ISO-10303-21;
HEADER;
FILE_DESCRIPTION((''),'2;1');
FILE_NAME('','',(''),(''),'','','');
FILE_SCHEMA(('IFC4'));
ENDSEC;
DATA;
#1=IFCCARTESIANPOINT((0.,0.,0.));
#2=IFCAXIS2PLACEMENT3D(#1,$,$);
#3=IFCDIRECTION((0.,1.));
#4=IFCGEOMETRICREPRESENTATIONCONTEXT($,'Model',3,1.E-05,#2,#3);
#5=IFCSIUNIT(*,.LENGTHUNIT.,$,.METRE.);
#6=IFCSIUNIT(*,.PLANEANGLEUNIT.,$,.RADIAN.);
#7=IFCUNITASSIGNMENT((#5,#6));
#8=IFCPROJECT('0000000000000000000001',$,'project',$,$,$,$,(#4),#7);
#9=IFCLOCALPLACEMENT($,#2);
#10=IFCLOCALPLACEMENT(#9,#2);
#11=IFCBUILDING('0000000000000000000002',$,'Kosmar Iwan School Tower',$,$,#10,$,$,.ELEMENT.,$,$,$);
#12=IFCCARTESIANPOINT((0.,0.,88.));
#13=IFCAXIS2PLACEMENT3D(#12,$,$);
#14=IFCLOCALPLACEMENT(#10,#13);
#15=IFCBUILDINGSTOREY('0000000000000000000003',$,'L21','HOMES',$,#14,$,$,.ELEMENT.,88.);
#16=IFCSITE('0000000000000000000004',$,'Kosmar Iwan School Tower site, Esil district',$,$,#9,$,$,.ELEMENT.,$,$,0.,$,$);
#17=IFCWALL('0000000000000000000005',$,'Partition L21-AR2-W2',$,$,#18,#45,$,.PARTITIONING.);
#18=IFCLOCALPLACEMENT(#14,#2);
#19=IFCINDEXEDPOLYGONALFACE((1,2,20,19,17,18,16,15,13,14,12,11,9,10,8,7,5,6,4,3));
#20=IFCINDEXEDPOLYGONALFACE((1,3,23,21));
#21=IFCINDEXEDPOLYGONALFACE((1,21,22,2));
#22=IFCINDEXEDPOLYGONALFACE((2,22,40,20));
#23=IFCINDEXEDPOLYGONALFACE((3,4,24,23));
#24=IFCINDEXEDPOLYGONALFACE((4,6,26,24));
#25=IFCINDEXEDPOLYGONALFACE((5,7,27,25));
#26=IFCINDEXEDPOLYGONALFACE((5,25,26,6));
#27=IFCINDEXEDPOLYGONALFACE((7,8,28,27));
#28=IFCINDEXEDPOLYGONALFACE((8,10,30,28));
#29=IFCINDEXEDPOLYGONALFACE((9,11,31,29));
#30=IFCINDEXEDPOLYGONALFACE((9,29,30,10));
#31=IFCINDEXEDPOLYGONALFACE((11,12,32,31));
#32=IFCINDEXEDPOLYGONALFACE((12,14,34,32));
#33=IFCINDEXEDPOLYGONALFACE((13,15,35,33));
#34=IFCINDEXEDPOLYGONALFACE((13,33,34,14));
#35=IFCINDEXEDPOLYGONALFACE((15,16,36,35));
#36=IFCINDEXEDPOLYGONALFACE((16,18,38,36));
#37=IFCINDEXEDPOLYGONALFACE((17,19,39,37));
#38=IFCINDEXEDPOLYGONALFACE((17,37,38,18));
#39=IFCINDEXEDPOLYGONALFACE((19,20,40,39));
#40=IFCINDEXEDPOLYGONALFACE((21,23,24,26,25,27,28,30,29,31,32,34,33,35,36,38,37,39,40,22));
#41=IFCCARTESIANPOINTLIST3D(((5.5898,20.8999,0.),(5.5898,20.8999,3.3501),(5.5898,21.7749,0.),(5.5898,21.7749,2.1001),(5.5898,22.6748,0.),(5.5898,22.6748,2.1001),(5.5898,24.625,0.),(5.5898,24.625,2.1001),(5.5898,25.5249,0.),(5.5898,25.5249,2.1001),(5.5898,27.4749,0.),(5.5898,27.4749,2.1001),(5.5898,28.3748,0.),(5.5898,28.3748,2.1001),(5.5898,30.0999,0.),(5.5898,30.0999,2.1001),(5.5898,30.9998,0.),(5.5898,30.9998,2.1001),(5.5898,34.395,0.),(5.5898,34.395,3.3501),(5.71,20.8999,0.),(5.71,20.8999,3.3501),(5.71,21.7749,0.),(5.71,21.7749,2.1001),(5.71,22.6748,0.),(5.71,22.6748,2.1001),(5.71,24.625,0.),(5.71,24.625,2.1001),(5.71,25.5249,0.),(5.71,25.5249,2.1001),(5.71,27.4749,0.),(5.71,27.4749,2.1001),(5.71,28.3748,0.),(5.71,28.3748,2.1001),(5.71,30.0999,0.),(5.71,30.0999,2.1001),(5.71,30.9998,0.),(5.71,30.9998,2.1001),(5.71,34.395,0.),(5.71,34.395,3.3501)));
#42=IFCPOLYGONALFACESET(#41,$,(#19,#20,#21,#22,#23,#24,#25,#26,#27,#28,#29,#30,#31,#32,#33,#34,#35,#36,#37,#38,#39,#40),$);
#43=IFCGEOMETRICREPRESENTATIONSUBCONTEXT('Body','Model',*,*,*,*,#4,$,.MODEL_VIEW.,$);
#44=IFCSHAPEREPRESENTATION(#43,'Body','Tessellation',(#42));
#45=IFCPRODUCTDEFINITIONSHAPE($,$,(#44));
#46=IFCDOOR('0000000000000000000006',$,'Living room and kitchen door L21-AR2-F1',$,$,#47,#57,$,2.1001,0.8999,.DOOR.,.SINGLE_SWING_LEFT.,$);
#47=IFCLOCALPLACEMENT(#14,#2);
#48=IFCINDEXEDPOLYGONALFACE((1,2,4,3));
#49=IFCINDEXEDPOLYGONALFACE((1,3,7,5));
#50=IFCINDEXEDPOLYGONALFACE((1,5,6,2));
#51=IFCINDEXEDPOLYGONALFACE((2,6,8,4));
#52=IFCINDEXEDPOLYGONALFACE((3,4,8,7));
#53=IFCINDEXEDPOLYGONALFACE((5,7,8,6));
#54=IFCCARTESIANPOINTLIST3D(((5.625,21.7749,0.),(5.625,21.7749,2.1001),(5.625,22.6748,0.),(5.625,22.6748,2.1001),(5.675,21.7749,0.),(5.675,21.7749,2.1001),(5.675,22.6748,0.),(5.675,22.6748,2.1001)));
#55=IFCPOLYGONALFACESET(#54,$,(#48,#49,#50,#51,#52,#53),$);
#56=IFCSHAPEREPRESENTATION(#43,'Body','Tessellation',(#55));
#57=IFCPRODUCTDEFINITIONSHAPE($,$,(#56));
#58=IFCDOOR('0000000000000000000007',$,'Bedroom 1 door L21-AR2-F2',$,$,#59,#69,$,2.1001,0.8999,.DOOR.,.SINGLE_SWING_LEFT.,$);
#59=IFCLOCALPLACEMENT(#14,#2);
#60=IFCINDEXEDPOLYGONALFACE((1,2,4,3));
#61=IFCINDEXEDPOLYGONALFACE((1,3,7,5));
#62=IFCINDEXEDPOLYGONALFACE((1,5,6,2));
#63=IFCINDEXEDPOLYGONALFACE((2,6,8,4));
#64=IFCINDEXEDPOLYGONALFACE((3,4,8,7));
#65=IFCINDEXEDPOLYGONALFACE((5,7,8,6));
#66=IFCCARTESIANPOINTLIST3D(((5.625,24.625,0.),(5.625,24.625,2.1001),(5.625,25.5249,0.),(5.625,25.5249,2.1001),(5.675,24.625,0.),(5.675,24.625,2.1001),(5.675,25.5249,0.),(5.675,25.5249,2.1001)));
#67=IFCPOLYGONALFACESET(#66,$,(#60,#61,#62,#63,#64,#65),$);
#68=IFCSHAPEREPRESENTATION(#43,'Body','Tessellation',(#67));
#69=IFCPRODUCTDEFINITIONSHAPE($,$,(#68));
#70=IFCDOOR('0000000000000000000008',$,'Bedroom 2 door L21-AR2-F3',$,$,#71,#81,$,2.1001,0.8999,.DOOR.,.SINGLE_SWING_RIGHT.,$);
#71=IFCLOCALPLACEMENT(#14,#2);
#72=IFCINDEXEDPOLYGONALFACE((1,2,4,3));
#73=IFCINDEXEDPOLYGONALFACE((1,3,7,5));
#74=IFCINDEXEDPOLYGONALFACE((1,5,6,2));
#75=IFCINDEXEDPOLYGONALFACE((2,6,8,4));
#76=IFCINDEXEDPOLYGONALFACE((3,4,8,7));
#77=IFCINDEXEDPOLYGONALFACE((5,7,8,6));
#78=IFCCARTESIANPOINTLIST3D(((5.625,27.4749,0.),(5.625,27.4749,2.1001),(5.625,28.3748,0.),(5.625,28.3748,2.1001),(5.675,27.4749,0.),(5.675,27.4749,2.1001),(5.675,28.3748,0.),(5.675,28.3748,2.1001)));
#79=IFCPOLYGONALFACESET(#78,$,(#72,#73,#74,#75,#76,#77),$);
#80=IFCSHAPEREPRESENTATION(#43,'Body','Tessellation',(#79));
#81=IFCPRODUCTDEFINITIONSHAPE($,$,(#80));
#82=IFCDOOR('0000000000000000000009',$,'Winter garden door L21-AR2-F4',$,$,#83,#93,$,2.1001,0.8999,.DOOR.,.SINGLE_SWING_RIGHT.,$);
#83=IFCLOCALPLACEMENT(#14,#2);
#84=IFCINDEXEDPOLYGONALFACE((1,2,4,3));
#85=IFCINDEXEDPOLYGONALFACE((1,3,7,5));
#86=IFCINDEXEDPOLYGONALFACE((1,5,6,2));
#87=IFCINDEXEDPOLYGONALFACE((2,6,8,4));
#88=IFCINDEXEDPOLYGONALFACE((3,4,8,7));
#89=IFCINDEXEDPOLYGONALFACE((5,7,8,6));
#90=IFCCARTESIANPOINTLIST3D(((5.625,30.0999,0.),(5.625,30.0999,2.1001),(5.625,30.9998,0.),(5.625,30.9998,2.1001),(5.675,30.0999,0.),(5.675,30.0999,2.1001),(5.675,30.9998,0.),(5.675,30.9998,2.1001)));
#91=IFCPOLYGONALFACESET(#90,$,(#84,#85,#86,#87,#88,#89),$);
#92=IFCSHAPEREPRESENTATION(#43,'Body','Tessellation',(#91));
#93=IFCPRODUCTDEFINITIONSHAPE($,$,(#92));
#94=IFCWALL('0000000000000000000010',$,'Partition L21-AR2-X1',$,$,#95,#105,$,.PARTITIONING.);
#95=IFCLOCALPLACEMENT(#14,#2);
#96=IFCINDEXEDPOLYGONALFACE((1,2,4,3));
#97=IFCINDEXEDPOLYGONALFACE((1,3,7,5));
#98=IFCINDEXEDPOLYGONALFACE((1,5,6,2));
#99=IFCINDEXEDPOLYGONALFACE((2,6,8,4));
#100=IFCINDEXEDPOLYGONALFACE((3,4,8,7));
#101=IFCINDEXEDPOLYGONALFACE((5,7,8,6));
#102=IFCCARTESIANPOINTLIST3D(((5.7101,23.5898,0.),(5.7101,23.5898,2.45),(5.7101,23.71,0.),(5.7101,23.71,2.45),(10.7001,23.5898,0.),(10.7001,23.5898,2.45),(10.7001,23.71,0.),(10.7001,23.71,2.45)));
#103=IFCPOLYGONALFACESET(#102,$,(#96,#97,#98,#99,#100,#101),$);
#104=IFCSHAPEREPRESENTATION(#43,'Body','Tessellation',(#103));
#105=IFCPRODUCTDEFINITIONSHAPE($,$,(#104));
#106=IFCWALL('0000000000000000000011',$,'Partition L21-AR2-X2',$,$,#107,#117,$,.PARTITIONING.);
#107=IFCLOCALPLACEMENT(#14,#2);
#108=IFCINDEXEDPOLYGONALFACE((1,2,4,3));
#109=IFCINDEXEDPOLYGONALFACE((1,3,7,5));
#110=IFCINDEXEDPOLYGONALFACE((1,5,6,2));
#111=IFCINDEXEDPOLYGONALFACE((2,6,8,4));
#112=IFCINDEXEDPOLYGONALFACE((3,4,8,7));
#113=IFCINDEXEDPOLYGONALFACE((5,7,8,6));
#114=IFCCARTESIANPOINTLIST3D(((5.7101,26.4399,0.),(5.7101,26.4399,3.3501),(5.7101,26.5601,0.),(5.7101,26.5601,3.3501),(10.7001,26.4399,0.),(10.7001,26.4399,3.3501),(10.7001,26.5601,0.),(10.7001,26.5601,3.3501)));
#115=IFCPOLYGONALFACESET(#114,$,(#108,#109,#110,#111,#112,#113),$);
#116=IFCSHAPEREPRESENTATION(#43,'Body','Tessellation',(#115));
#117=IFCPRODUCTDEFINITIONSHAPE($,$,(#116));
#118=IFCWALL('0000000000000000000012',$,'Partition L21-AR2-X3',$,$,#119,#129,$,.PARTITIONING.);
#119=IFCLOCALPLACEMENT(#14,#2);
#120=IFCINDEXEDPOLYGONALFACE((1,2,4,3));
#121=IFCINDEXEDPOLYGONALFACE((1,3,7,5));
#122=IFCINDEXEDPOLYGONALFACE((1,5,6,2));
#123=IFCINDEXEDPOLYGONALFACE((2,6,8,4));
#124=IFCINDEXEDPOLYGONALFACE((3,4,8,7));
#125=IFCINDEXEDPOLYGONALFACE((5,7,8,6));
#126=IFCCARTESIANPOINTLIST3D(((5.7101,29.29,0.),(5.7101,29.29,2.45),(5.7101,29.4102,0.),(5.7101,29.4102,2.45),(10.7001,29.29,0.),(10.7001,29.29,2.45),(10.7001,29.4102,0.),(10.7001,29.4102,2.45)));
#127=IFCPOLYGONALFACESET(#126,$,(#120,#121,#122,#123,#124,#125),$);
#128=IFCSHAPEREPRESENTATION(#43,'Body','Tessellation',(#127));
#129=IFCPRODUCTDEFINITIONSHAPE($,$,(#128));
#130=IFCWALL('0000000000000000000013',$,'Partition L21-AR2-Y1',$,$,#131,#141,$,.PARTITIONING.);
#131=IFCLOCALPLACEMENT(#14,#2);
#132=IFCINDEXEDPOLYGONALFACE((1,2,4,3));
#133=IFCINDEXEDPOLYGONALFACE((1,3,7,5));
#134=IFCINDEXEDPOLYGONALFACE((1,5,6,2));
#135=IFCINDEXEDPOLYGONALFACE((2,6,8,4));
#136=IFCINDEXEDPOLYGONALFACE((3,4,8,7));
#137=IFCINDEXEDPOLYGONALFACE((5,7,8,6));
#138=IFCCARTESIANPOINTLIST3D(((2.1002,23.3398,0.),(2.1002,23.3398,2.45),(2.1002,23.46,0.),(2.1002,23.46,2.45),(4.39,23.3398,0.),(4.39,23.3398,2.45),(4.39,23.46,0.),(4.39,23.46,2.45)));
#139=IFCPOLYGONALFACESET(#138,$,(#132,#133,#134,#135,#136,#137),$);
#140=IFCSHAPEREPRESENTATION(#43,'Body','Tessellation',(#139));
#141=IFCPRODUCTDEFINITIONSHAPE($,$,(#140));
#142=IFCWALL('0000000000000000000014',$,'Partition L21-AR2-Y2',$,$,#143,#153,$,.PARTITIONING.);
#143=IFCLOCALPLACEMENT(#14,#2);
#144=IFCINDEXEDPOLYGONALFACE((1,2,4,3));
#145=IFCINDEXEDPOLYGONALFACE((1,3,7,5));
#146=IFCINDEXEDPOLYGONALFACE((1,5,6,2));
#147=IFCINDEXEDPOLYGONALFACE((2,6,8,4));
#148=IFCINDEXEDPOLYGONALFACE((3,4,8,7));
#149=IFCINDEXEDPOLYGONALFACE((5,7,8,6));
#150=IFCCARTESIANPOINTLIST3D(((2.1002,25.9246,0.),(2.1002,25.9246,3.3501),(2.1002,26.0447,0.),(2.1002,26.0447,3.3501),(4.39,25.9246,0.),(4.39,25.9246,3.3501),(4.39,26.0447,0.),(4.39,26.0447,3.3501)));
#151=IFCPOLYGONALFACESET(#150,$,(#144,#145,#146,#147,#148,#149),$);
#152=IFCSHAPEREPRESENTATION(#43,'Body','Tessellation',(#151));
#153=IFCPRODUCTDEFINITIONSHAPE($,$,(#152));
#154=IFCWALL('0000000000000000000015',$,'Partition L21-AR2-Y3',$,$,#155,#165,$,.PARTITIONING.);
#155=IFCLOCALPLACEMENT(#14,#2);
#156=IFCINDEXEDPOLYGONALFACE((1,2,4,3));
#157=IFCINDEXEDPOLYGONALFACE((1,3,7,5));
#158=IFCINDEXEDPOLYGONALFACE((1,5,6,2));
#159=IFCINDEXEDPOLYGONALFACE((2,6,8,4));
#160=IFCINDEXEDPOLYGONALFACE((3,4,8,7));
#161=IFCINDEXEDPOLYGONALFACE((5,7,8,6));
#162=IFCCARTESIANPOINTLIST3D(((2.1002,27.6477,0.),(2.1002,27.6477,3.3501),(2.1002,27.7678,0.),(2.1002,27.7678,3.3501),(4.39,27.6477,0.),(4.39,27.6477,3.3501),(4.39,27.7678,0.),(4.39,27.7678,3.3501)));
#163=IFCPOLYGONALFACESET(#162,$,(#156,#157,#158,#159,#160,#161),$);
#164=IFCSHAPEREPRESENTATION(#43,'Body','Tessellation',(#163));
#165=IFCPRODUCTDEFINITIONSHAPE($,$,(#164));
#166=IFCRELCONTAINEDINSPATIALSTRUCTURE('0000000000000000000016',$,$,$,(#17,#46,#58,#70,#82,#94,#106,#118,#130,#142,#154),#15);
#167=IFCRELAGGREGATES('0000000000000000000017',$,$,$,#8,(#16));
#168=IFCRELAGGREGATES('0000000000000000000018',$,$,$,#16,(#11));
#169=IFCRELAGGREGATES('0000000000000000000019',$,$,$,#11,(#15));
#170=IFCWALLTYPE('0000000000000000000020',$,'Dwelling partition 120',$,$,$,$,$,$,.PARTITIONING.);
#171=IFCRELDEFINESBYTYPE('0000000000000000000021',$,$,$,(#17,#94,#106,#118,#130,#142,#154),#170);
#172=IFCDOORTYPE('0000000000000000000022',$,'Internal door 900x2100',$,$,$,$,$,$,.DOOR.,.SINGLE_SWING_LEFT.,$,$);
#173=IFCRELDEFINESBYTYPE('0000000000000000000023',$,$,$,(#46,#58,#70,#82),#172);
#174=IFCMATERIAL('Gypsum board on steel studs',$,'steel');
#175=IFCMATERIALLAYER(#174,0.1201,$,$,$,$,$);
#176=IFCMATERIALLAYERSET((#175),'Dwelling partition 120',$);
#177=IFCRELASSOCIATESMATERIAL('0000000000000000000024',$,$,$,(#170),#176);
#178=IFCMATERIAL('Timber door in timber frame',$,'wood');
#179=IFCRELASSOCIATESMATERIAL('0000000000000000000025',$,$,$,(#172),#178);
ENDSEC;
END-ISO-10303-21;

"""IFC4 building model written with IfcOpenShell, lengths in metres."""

from ifc_helpers import new_model, si_unit, direction, frame, frame_2d, origin, place, context, subcontext, project, spatial, rectangle, extrude, material, layer, layer_set, type_object, element, fill, save


model = new_model("IFC4")

# Units and contexts
model_context = context("Model", 3, precision=1e-05, world=origin(), true_north=direction((0.0, 1.0)))
body_context = subcontext(model_context, "Body", "Model", "MODEL_VIEW")
ifc_project = project(units=[si_unit("LENGTHUNIT", "METRE"), si_unit("PLANEANGLEUNIT", "RADIAN")], contexts=[model_context])

# Site, building, storey
site_placement = place(None, origin())
site = spatial("IfcSite", under=ifc_project, at=site_placement, Name="Kosmar Iwan School Tower site, Esil district", CompositionType="ELEMENT", RefElevation=0.0)
building_placement = place(site_placement, origin())
building = spatial("IfcBuilding", under=site, at=building_placement, Name="Kosmar Iwan School Tower", CompositionType="ELEMENT")
storey_placement = place(building_placement, frame((0.0, 0.0, 88.0)))
storey = spatial("IfcBuildingStorey", under=building, at=storey_placement, Name="L21", Description="HOMES", CompositionType="ELEMENT", Elevation=88.0)

# Wall, openings, doors
ifc_material_1 = material(Name="Gypsum board on steel studs", Category="steel")
ifc_layer_1 = layer(ifc_material_1, 0.1201)
ifc_layer_set_1 = layer_set([ifc_layer_1], Name="Dwelling partition 120")
wall_type_1 = type_object("IfcWallType", Name="Dwelling partition 120", PredefinedType="PARTITIONING", material=ifc_layer_set_1)
wall_1_placement = place(storey_placement, frame((5.6499, 20.8999, 0.0), z_axis=(0.0, 0.0, 1.0), x_axis=(0.0, 1.0, 0.0)))
wall_1 = element("IfcWall", 1, at=wall_1_placement, inside=storey, type_object=wall_type_1, Name="Partition L21-AR2-W2", PredefinedType="PARTITIONING", context=body_context, shape_type="SweptSolid", body=[
    extrude(rectangle(XDim=13.4951, YDim=0.1201, at=frame_2d((6.7476, 0.0))), origin(), (0.0, 0.0, 1.0), 3.3501),
])
opening_1_placement = place(wall_1_placement, frame((0.875, 0.0, 0.0)))
opening_1 = element("IfcOpeningElement", 2, at=opening_1_placement, cuts=wall_1, PredefinedType="OPENING", context=body_context, shape_type="SweptSolid", body=[
    extrude(rectangle(XDim=0.8999, YDim=2.1001, at=frame_2d((0.45, 1.05))), frame((0.0, 0.072, 0.0), z_axis=(0.0, -1.0, 0.0), x_axis=(1.0, 0.0, 0.0)), (0.0, 0.0, 1.0), 0.144),
])
opening_2_placement = place(wall_1_placement, frame((3.7251, 0.0, 0.0)))
opening_2 = element("IfcOpeningElement", 3, at=opening_2_placement, cuts=wall_1, PredefinedType="OPENING", context=body_context, shape_type="SweptSolid", body=[
    extrude(rectangle(XDim=0.8999, YDim=2.1001, at=frame_2d((0.45, 1.05))), frame((0.0, 0.072, 0.0), z_axis=(0.0, -1.0, 0.0), x_axis=(1.0, 0.0, 0.0)), (0.0, 0.0, 1.0), 0.144),
])
opening_3_placement = place(wall_1_placement, frame((6.575, 0.0, 0.0)))
opening_3 = element("IfcOpeningElement", 4, at=opening_3_placement, cuts=wall_1, PredefinedType="OPENING", context=body_context, shape_type="SweptSolid", body=[
    extrude(rectangle(XDim=0.8999, YDim=2.1001, at=frame_2d((0.45, 1.05))), frame((0.0, 0.072, 0.0), z_axis=(0.0, -1.0, 0.0), x_axis=(1.0, 0.0, 0.0)), (0.0, 0.0, 1.0), 0.144),
])
opening_4_placement = place(wall_1_placement, frame((9.2, 0.0, 0.0)))
opening_4 = element("IfcOpeningElement", 5, at=opening_4_placement, cuts=wall_1, PredefinedType="OPENING", context=body_context, shape_type="SweptSolid", body=[
    extrude(rectangle(XDim=0.8999, YDim=2.1001, at=frame_2d((0.45, 1.05))), frame((0.0, 0.072, 0.0), z_axis=(0.0, -1.0, 0.0), x_axis=(1.0, 0.0, 0.0)), (0.0, 0.0, 1.0), 0.144),
])
ifc_material_2 = material(Name="Timber door in timber frame", Category="wood")
door_type_1 = type_object("IfcDoorType", Name="Internal door 900x2100", OperationType="SINGLE_SWING_LEFT", PredefinedType="DOOR", material=ifc_material_2)
door_1_placement = place(opening_1_placement, origin())
door_1 = element("IfcDoor", 6, at=door_1_placement, inside=storey, type_object=door_type_1, Name="Living room and kitchen door L21-AR2-F1", OperationType="SINGLE_SWING_LEFT", OverallHeight=2.1001, OverallWidth=0.8999, PredefinedType="DOOR", context=body_context, shape_type="SweptSolid", body=[
    extrude(rectangle(XDim=0.8999, YDim=2.1001, at=frame_2d((0.45, 1.05))), frame((0.0, 0.0249, 0.0), z_axis=(0.0, -1.0, 0.0), x_axis=(1.0, 0.0, 0.0)), (0.0, 0.0, 1.0), 0.05),
])
fill(opening_1, door_1)
door_2_placement = place(opening_2_placement, origin())
door_2 = element("IfcDoor", 7, at=door_2_placement, inside=storey, type_object=door_type_1, Name="Bedroom 1 door L21-AR2-F2", OperationType="SINGLE_SWING_LEFT", OverallHeight=2.1001, OverallWidth=0.8999, PredefinedType="DOOR", context=body_context, shape_type="SweptSolid", body=[
    extrude(rectangle(XDim=0.8999, YDim=2.1001, at=frame_2d((0.45, 1.05))), frame((0.0, 0.0249, 0.0), z_axis=(0.0, -1.0, 0.0), x_axis=(1.0, 0.0, 0.0)), (0.0, 0.0, 1.0), 0.05),
])
fill(opening_2, door_2)
door_3_placement = place(opening_3_placement, origin())
door_3 = element("IfcDoor", 8, at=door_3_placement, inside=storey, type_object=door_type_1, Name="Bedroom 2 door L21-AR2-F3", OperationType="SINGLE_SWING_RIGHT", OverallHeight=2.1001, OverallWidth=0.8999, PredefinedType="DOOR", context=body_context, shape_type="SweptSolid", body=[
    extrude(rectangle(XDim=0.8999, YDim=2.1001, at=frame_2d((0.45, 1.05))), frame((0.0, 0.0249, 0.0), z_axis=(0.0, -1.0, 0.0), x_axis=(1.0, 0.0, 0.0)), (0.0, 0.0, 1.0), 0.05),
])
fill(opening_3, door_3)
door_4_placement = place(opening_4_placement, origin())
door_4 = element("IfcDoor", 9, at=door_4_placement, inside=storey, type_object=door_type_1, Name="Winter garden door L21-AR2-F4", OperationType="SINGLE_SWING_RIGHT", OverallHeight=2.1001, OverallWidth=0.8999, PredefinedType="DOOR", context=body_context, shape_type="SweptSolid", body=[
    extrude(rectangle(XDim=0.8999, YDim=2.1001, at=frame_2d((0.45, 1.05))), frame((0.0, 0.0249, 0.0), z_axis=(0.0, -1.0, 0.0), x_axis=(1.0, 0.0, 0.0)), (0.0, 0.0, 1.0), 0.05),
])
fill(opening_4, door_4)

# Walls
wall_2_placement = place(storey_placement, frame((5.71, 23.6499, 0.0), z_axis=(0.0, 0.0, 1.0), x_axis=(1.0, 0.0, 0.0)))
element("IfcWall", 10, at=wall_2_placement, inside=storey, type_object=wall_type_1, Name="Partition L21-AR2-X1", PredefinedType="PARTITIONING", context=body_context, shape_type="SweptSolid", body=[
    extrude(rectangle(XDim=4.99, YDim=0.1201, at=frame_2d((2.4951, 0.0))), origin(), (0.0, 0.0, 1.0), 2.45),
])
wall_3_placement = place(storey_placement, frame((5.71, 26.5, 0.0), z_axis=(0.0, 0.0, 1.0), x_axis=(1.0, 0.0, 0.0)))
element("IfcWall", 11, at=wall_3_placement, inside=storey, type_object=wall_type_1, Name="Partition L21-AR2-X2", PredefinedType="PARTITIONING", context=body_context, shape_type="SweptSolid", body=[
    extrude(rectangle(XDim=4.99, YDim=0.1201, at=frame_2d((2.4951, 0.0))), origin(), (0.0, 0.0, 1.0), 3.3501),
])
wall_4_placement = place(storey_placement, frame((5.71, 29.3501, 0.0), z_axis=(0.0, 0.0, 1.0), x_axis=(1.0, 0.0, 0.0)))
element("IfcWall", 12, at=wall_4_placement, inside=storey, type_object=wall_type_1, Name="Partition L21-AR2-X3", PredefinedType="PARTITIONING", context=body_context, shape_type="SweptSolid", body=[
    extrude(rectangle(XDim=4.99, YDim=0.1201, at=frame_2d((2.4951, 0.0))), origin(), (0.0, 0.0, 1.0), 2.45),
])
wall_5_placement = place(storey_placement, frame((2.1001, 23.3999, 0.0), z_axis=(0.0, 0.0, 1.0), x_axis=(1.0, 0.0, 0.0)))
element("IfcWall", 13, at=wall_5_placement, inside=storey, type_object=wall_type_1, Name="Partition L21-AR2-Y1", PredefinedType="PARTITIONING", context=body_context, shape_type="SweptSolid", body=[
    extrude(rectangle(XDim=2.2898, YDim=0.1201, at=frame_2d((1.145, 0.0))), origin(), (0.0, 0.0, 1.0), 2.45),
])
for number, where, z_axis, x_axis, name in (
    (14, (2.1001, 25.9846, 0.0), (0.0, 0.0, 1.0), (1.0, 0.0, 0.0), "Partition L21-AR2-Y2"),
    (15, (2.1001, 27.7078, 0.0), (0.0, 0.0, 1.0), (1.0, 0.0, 0.0), "Partition L21-AR2-Y3"),
):
    element("IfcWall", number, at=place(storey_placement, frame(where, z_axis=z_axis, x_axis=x_axis)), inside=storey, type_object=wall_type_1, Name=name, PredefinedType="PARTITIONING", context=body_context, shape_type="SweptSolid", body=[
        extrude(rectangle(XDim=2.2898, YDim=0.1201, at=frame_2d((1.145, 0.0))), origin(), (0.0, 0.0, 1.0), 3.3501),
    ])

save(model, "model.ifc")
